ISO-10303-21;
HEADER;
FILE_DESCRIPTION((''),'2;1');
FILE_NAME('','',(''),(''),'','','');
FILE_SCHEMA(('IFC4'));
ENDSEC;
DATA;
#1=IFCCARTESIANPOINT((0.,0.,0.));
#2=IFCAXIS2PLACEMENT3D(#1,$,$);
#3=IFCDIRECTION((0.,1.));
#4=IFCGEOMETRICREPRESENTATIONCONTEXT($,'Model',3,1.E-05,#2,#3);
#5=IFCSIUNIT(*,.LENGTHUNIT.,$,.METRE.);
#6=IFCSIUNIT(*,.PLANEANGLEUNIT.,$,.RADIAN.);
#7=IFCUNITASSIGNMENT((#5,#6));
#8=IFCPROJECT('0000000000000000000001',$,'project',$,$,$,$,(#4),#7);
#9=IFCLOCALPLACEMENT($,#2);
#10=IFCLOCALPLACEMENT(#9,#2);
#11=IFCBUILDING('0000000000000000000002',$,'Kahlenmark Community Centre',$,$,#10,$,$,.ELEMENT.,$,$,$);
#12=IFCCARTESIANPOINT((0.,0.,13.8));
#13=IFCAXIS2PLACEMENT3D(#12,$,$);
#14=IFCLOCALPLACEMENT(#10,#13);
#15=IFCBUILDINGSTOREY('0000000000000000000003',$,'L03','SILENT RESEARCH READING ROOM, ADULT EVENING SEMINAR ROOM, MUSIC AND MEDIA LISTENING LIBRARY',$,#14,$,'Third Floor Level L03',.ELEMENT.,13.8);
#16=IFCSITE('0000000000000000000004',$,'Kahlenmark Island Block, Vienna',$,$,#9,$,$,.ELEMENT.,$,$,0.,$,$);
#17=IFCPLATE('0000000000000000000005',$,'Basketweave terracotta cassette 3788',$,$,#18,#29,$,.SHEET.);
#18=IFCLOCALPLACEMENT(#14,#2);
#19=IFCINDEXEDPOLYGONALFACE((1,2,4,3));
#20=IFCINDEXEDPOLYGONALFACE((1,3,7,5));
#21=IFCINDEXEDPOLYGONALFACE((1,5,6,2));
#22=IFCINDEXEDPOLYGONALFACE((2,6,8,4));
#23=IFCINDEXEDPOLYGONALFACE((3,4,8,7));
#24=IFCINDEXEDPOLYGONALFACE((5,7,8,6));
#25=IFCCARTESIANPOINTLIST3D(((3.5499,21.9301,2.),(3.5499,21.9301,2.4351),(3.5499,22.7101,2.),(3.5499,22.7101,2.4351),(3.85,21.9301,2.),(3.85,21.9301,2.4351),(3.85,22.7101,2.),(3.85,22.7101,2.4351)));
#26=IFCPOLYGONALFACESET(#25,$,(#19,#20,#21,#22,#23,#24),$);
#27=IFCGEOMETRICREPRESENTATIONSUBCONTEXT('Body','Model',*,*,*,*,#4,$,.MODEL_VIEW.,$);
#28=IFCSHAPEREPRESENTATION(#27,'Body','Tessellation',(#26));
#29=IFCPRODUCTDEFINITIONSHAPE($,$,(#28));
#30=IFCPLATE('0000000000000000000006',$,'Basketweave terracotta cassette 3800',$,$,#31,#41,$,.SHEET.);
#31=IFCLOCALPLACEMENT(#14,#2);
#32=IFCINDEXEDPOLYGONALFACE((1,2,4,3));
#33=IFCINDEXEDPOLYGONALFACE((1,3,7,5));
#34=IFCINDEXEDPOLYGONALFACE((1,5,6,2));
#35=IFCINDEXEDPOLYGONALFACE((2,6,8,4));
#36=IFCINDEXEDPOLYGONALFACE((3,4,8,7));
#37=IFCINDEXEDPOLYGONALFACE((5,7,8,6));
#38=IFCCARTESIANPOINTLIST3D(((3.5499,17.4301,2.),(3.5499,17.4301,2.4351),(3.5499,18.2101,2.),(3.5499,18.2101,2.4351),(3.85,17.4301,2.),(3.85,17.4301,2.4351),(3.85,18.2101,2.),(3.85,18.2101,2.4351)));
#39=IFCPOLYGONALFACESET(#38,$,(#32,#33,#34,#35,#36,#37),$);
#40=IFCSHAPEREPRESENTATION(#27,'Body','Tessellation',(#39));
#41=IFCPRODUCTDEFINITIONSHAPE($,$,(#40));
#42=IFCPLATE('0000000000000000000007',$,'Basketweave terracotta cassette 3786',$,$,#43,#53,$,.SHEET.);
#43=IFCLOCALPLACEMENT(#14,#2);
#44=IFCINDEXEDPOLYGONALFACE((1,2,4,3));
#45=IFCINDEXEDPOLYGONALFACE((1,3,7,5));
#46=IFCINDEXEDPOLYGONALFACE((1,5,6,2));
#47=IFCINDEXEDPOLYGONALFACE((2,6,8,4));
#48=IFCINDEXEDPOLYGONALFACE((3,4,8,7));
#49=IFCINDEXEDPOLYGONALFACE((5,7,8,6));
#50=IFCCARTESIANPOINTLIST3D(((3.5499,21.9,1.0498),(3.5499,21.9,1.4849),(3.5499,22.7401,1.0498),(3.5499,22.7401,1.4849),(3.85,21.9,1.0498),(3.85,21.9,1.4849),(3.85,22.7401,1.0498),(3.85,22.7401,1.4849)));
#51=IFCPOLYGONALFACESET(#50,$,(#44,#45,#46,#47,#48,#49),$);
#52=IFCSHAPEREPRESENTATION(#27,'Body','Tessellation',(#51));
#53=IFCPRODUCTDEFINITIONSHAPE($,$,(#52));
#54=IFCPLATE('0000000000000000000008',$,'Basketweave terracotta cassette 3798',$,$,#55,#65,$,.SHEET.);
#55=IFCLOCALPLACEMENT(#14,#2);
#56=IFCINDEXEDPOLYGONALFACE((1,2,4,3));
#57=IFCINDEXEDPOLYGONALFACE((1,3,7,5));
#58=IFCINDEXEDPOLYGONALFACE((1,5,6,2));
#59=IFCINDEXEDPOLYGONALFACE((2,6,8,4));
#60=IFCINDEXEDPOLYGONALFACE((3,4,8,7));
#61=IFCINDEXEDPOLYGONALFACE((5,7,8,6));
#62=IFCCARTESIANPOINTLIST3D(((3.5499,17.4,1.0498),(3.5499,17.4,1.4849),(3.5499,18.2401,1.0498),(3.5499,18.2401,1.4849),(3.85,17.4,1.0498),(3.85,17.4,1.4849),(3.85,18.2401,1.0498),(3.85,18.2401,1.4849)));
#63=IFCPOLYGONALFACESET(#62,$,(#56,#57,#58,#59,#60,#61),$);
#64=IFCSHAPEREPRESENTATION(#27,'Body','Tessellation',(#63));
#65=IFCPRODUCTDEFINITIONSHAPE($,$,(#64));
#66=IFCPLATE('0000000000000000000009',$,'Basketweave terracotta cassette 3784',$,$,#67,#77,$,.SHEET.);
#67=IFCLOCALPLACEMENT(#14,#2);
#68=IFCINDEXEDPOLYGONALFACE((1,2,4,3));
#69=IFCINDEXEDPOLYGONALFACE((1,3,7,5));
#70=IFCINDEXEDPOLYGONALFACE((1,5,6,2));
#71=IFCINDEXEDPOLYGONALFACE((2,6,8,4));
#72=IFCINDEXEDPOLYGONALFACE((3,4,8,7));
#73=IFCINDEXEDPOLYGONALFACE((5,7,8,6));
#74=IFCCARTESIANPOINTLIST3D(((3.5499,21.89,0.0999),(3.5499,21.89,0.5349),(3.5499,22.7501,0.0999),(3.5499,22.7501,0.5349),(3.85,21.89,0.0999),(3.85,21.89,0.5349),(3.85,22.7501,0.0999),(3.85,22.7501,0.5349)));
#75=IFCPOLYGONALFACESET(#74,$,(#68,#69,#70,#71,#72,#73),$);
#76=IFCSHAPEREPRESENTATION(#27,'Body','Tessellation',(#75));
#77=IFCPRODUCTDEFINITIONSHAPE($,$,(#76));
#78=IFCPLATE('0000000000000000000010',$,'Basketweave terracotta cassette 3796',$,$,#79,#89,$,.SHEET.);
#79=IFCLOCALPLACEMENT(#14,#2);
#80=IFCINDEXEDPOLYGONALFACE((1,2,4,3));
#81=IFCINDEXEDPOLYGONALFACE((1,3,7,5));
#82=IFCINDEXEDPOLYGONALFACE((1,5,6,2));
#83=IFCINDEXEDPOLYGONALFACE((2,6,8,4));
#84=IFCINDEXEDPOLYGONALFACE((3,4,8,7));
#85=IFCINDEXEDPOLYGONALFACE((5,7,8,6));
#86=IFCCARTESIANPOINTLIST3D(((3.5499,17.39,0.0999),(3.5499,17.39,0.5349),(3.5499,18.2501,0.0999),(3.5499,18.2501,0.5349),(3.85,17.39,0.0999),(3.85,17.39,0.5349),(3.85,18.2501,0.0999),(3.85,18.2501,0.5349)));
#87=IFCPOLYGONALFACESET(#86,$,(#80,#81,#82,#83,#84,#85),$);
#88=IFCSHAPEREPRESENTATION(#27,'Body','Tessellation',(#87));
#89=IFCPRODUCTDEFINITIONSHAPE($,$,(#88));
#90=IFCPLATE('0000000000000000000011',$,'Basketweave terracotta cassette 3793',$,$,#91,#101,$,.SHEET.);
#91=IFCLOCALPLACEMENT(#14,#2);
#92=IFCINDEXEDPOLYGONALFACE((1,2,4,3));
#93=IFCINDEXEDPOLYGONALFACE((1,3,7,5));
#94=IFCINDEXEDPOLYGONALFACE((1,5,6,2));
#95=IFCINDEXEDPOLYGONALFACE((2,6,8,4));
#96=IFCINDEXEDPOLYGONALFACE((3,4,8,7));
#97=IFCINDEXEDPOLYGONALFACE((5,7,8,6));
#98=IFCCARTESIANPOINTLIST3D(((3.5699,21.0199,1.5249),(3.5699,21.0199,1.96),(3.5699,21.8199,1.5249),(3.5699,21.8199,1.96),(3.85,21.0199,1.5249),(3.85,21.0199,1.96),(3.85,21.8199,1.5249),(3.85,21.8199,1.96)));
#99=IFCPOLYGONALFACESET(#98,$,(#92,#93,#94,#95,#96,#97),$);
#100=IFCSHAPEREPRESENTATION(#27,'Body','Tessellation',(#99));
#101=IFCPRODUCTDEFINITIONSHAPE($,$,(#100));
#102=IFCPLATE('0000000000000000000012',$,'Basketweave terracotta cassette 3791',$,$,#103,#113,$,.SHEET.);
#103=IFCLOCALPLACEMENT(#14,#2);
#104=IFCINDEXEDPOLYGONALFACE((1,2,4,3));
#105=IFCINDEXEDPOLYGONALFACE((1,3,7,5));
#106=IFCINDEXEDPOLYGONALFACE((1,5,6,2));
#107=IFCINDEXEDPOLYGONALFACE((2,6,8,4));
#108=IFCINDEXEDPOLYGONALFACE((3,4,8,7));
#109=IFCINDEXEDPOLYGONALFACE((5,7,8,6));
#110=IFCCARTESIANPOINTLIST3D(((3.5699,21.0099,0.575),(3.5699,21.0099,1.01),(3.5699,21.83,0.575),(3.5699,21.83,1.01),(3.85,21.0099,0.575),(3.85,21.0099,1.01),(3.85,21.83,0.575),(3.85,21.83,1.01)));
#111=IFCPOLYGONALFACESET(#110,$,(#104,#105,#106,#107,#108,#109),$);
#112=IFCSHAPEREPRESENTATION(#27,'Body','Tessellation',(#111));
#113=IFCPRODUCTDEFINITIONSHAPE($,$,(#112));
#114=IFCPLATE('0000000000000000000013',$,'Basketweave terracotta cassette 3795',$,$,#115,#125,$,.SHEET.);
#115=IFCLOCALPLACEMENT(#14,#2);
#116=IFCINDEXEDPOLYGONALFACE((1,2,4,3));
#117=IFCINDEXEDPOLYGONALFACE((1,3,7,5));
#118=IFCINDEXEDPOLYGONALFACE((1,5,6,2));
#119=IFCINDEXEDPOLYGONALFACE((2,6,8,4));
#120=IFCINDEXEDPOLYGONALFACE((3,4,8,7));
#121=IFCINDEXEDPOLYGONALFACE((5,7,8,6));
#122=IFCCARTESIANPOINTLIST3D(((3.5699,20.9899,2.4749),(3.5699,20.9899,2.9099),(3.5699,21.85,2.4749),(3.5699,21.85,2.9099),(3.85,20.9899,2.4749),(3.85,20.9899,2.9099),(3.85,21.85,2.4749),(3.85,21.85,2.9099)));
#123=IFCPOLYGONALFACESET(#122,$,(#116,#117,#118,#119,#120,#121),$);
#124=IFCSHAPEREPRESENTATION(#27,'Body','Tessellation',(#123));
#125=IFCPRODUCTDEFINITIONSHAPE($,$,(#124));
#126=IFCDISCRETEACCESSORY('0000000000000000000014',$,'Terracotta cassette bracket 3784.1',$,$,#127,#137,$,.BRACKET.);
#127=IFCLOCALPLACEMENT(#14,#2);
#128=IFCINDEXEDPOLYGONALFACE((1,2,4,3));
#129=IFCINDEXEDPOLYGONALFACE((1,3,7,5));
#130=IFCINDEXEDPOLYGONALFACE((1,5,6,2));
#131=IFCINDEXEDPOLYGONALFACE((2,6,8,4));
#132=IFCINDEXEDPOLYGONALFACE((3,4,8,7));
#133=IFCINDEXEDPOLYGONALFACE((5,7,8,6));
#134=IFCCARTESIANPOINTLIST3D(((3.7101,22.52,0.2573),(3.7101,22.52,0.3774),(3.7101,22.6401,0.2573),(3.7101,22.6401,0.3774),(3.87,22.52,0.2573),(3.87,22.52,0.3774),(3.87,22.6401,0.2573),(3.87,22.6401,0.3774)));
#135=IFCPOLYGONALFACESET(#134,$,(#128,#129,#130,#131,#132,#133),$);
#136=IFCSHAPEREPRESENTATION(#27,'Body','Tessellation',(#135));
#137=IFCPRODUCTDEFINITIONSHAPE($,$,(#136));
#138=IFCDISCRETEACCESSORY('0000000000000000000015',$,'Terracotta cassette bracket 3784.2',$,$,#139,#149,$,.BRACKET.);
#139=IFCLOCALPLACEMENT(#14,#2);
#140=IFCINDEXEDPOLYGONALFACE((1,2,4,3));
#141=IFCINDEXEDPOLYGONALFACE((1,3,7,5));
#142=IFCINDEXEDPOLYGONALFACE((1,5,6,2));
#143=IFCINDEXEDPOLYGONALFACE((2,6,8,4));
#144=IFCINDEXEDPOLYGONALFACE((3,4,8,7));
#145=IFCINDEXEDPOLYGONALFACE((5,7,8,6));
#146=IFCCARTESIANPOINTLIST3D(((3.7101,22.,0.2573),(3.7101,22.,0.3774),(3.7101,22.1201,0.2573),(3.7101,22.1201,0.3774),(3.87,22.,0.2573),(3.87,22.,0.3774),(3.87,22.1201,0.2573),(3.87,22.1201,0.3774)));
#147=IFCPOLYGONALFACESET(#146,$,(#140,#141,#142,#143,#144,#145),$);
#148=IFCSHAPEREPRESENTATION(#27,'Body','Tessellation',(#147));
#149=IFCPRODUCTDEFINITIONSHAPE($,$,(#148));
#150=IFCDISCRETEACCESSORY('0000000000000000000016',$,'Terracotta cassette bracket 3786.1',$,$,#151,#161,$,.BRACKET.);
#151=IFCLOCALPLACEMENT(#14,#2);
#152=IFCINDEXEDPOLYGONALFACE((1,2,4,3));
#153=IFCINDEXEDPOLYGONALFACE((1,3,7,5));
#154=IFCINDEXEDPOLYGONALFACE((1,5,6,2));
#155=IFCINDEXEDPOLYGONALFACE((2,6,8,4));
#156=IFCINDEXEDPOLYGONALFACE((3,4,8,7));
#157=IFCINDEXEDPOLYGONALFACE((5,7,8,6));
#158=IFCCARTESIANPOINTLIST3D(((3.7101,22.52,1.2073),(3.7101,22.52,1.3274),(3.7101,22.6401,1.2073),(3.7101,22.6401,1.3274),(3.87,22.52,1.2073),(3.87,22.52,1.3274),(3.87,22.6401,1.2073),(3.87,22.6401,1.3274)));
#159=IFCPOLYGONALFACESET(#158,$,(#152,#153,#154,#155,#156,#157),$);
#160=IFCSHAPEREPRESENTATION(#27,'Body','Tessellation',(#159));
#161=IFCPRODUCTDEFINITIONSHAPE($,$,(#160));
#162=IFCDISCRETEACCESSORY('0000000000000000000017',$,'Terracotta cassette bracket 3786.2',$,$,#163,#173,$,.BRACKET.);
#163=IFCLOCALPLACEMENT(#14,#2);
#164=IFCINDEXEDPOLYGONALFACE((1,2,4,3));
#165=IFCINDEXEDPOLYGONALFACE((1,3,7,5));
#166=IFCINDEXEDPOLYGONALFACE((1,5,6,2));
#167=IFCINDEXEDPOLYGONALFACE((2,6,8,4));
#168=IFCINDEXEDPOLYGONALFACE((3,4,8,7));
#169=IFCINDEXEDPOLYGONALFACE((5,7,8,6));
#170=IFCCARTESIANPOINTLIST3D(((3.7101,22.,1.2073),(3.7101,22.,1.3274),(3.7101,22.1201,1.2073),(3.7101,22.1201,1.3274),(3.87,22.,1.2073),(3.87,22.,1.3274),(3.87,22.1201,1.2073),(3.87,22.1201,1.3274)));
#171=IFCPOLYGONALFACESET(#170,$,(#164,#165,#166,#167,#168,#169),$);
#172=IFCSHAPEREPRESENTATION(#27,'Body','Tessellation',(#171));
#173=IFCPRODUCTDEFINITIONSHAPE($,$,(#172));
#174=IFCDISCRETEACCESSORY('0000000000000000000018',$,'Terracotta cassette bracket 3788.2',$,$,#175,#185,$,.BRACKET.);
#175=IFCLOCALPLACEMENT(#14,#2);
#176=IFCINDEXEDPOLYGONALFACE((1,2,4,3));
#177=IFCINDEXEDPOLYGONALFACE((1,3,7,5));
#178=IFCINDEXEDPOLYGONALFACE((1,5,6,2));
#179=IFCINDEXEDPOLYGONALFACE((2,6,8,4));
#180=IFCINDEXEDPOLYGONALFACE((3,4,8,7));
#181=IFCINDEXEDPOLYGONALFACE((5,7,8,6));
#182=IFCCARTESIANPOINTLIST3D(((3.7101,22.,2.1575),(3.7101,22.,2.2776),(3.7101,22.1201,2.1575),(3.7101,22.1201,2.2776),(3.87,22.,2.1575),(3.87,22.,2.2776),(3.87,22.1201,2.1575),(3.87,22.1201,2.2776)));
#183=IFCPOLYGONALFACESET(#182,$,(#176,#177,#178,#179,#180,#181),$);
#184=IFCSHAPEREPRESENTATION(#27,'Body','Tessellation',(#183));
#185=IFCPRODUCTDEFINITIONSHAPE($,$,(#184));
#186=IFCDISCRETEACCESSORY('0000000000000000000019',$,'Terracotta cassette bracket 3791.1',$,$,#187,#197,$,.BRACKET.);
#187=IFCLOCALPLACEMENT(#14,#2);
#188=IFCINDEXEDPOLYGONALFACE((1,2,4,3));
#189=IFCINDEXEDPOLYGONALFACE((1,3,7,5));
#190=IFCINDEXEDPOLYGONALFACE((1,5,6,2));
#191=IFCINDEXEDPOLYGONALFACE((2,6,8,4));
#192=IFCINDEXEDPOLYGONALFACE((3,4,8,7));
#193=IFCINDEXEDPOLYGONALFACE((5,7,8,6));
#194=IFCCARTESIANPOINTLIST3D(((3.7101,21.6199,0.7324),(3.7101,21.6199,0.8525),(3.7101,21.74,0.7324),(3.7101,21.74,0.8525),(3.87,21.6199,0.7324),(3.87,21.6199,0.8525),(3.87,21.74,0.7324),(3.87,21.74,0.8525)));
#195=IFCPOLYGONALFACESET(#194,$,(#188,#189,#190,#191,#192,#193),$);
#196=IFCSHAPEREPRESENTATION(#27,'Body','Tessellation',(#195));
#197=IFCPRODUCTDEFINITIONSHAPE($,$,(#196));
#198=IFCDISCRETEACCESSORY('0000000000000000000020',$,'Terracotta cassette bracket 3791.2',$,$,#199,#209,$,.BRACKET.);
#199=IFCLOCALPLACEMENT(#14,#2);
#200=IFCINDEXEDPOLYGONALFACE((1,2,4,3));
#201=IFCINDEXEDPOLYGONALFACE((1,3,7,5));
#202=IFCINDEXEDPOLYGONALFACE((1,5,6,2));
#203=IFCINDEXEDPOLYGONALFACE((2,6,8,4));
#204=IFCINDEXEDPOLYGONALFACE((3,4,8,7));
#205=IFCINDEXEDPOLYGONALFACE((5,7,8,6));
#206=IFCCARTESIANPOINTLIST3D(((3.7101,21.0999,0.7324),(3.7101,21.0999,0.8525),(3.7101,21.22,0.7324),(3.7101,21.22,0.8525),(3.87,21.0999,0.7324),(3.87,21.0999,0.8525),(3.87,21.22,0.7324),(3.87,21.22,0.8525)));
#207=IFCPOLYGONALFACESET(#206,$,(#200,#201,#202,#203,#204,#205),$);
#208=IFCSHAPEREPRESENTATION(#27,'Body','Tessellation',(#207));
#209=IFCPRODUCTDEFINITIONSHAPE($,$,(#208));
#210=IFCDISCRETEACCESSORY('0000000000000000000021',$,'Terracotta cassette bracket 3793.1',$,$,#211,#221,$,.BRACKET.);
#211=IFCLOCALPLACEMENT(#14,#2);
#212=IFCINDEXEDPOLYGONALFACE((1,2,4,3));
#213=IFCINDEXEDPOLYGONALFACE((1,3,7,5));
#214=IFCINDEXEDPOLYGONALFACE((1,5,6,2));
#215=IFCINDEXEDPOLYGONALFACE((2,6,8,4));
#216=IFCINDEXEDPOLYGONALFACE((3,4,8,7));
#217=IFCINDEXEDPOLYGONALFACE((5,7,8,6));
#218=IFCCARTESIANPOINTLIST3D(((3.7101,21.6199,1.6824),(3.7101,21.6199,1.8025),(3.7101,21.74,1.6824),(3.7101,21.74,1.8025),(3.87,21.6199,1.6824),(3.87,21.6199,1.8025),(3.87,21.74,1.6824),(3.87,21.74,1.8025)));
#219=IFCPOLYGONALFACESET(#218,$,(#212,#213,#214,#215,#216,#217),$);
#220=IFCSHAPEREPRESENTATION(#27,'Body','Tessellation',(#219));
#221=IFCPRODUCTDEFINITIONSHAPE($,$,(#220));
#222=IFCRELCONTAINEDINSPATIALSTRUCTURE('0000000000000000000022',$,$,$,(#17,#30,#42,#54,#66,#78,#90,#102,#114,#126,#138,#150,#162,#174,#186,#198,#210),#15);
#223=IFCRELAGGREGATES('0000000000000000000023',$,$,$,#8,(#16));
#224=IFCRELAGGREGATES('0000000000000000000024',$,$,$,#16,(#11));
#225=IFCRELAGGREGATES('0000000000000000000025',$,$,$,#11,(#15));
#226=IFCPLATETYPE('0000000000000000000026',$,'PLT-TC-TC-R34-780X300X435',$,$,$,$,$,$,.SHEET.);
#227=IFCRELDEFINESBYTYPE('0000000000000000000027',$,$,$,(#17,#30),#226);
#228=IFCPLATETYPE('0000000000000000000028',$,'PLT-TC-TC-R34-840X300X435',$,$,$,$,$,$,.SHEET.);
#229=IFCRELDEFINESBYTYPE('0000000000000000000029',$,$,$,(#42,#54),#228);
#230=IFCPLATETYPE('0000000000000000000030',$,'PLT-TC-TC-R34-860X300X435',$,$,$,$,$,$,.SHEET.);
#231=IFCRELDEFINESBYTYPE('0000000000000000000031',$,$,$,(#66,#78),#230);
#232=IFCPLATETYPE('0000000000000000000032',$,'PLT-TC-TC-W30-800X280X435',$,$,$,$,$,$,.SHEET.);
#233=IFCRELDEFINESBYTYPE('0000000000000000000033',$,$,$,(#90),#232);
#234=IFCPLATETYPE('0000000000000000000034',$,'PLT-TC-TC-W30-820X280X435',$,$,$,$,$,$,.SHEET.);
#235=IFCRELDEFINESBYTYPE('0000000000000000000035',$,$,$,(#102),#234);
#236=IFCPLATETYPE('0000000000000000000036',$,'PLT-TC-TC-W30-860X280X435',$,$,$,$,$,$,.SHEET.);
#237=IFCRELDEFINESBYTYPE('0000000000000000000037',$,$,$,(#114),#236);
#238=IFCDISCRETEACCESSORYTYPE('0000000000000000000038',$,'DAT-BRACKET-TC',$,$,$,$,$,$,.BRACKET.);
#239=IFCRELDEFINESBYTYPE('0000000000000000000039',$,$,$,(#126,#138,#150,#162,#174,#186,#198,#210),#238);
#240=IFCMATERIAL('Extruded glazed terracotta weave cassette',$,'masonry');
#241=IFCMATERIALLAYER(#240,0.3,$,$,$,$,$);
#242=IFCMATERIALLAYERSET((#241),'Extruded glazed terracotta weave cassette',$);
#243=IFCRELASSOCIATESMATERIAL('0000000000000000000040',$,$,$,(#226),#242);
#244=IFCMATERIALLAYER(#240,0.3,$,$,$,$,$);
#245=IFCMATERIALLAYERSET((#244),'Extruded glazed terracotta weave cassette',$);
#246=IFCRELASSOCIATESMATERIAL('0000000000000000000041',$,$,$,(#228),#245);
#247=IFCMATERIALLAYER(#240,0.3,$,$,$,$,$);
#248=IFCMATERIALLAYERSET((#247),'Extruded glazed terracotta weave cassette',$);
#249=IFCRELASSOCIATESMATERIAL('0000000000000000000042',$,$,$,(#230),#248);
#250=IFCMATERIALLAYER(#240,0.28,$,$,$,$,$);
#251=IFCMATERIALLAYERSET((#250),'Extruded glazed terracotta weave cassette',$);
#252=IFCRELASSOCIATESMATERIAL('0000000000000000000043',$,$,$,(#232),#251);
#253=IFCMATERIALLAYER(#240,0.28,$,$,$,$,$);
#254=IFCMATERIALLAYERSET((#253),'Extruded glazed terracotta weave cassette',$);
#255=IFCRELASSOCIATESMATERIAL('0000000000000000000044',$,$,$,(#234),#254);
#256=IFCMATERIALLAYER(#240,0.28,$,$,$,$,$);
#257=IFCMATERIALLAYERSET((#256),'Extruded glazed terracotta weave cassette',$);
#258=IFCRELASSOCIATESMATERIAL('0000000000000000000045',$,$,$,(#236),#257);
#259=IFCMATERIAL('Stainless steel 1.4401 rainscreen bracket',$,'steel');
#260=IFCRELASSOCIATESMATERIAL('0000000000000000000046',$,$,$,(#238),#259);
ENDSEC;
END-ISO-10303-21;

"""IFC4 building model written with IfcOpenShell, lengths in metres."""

from ifc_helpers import new_model, si_unit, direction, frame, origin, origin_2d, place, context, subcontext, project, spatial, rectangle, extrude, material, layer, layer_set, type_object, element, save


model = new_model("IFC4")

# Units and contexts
model_context = context("Model", 3, precision=1e-05, world=origin(), true_north=direction((0.0, 1.0)))
body_context = subcontext(model_context, "Body", "Model", "MODEL_VIEW")
ifc_project = project(units=[si_unit("LENGTHUNIT", "METRE"), si_unit("PLANEANGLEUNIT", "RADIAN")], contexts=[model_context])

# Site, building, storey
site_placement = place(None, origin())
site = spatial("IfcSite", under=ifc_project, at=site_placement, Name="Kahlenmark Island Block, Vienna", CompositionType="ELEMENT", RefElevation=0.0)
building_placement = place(site_placement, origin())
building = spatial("IfcBuilding", under=site, at=building_placement, Name="Kahlenmark Community Centre", CompositionType="ELEMENT")
storey_placement = place(building_placement, frame((0.0, 0.0, 13.8)))
storey = spatial("IfcBuildingStorey", under=building, at=storey_placement, Name="L03", Description="SILENT RESEARCH READING ROOM, ADULT EVENING SEMINAR ROOM, MUSIC AND MEDIA LISTENING LIBRARY", LongName="Third Floor Level L03", CompositionType="ELEMENT", Elevation=13.8)

# Plates
ifc_material_1 = material(Name="Extruded glazed terracotta weave cassette", Category="masonry")
ifc_layer_1 = layer(ifc_material_1, 0.3)
ifc_layer_set_1 = layer_set([ifc_layer_1], Name="Extruded glazed terracotta weave cassette")
plate_type_1 = type_object("IfcPlateType", Name="PLT-TC-TC-R34-780X300X435", PredefinedType="SHEET", material=ifc_layer_set_1)
for number, where, z_axis, x_axis, name in (
    (1, (3.7, 22.3201, 2.0), (0.0, 0.0, 1.0), (0.0, -1.0, 0.0), "Basketweave terracotta cassette 3788"),
    (2, (3.7, 17.8201, 2.0), (0.0, 0.0, 1.0), (0.0, -1.0, 0.0), "Basketweave terracotta cassette 3800"),
):
    element("IfcPlate", number, at=place(storey_placement, frame(where, z_axis=z_axis, x_axis=x_axis)), inside=storey, type_object=plate_type_1, Name=name, PredefinedType="SHEET", context=body_context, shape_type="SweptSolid", body=[
        extrude(rectangle(XDim=0.78, YDim=0.3, at=origin_2d()), origin(), (0.0, 0.0, 1.0), 0.4351),
    ])
ifc_layer_2 = layer(ifc_material_1, 0.3)
ifc_layer_set_2 = layer_set([ifc_layer_2], Name="Extruded glazed terracotta weave cassette")
plate_type_2 = type_object("IfcPlateType", Name="PLT-TC-TC-R34-840X300X435", PredefinedType="SHEET", material=ifc_layer_set_2)
for number, where, z_axis, x_axis, name in (
    (3, (3.7, 22.3201, 1.0498), (0.0, 0.0, 1.0), (0.0, -1.0, 0.0), "Basketweave terracotta cassette 3786"),
    (4, (3.7, 17.8201, 1.0498), (0.0, 0.0, 1.0), (0.0, -1.0, 0.0), "Basketweave terracotta cassette 3798"),
):
    element("IfcPlate", number, at=place(storey_placement, frame(where, z_axis=z_axis, x_axis=x_axis)), inside=storey, type_object=plate_type_2, Name=name, PredefinedType="SHEET", context=body_context, shape_type="SweptSolid", body=[
        extrude(rectangle(XDim=0.8401, YDim=0.3, at=origin_2d()), origin(), (0.0, 0.0, 1.0), 0.4351),
    ])
ifc_layer_3 = layer(ifc_material_1, 0.3)
ifc_layer_set_3 = layer_set([ifc_layer_3], Name="Extruded glazed terracotta weave cassette")
plate_type_3 = type_object("IfcPlateType", Name="PLT-TC-TC-R34-860X300X435", PredefinedType="SHEET", material=ifc_layer_set_3)
for number, where, z_axis, x_axis, name in (
    (5, (3.7, 22.3201, 0.0999), (0.0, 0.0, 1.0), (0.0, -1.0, 0.0), "Basketweave terracotta cassette 3784"),
    (6, (3.7, 17.8201, 0.0999), (0.0, 0.0, 1.0), (0.0, -1.0, 0.0), "Basketweave terracotta cassette 3796"),
):
    element("IfcPlate", number, at=place(storey_placement, frame(where, z_axis=z_axis, x_axis=x_axis)), inside=storey, type_object=plate_type_3, Name=name, PredefinedType="SHEET", context=body_context, shape_type="SweptSolid", body=[
        extrude(rectangle(XDim=0.8601, YDim=0.3, at=origin_2d()), origin(), (0.0, 0.0, 1.0), 0.4351),
    ])
ifc_layer_4 = layer(ifc_material_1, 0.28)
ifc_layer_set_4 = layer_set([ifc_layer_4], Name="Extruded glazed terracotta weave cassette")
plate_type_4 = type_object("IfcPlateType", Name="PLT-TC-TC-W30-800X280X435", PredefinedType="SHEET", material=ifc_layer_set_4)
plate_1_placement = place(storey_placement, frame((3.71, 21.4199, 1.5249), z_axis=(0.0, 0.0, 1.0), x_axis=(0.0, -1.0, 0.0)))
element("IfcPlate", 7, at=plate_1_placement, inside=storey, type_object=plate_type_4, Name="Basketweave terracotta cassette 3793", PredefinedType="SHEET", context=body_context, shape_type="SweptSolid", body=[
    extrude(rectangle(XDim=0.8, YDim=0.28, at=origin_2d()), origin(), (0.0, 0.0, 1.0), 0.4351),
])
ifc_layer_5 = layer(ifc_material_1, 0.28)
ifc_layer_set_5 = layer_set([ifc_layer_5], Name="Extruded glazed terracotta weave cassette")
plate_type_5 = type_object("IfcPlateType", Name="PLT-TC-TC-W30-820X280X435", PredefinedType="SHEET", material=ifc_layer_set_5)
plate_2_placement = place(storey_placement, frame((3.71, 21.4199, 0.575), z_axis=(0.0, 0.0, 1.0), x_axis=(0.0, -1.0, 0.0)))
element("IfcPlate", 8, at=plate_2_placement, inside=storey, type_object=plate_type_5, Name="Basketweave terracotta cassette 3791", PredefinedType="SHEET", context=body_context, shape_type="SweptSolid", body=[
    extrude(rectangle(XDim=0.8201, YDim=0.28, at=origin_2d()), origin(), (0.0, 0.0, 1.0), 0.4351),
])
ifc_layer_6 = layer(ifc_material_1, 0.28)
ifc_layer_set_6 = layer_set([ifc_layer_6], Name="Extruded glazed terracotta weave cassette")
plate_type_6 = type_object("IfcPlateType", Name="PLT-TC-TC-W30-860X280X435", PredefinedType="SHEET", material=ifc_layer_set_6)
plate_3_placement = place(storey_placement, frame((3.71, 21.4199, 2.4749), z_axis=(0.0, 0.0, 1.0), x_axis=(0.0, -1.0, 0.0)))
element("IfcPlate", 9, at=plate_3_placement, inside=storey, type_object=plate_type_6, Name="Basketweave terracotta cassette 3795", PredefinedType="SHEET", context=body_context, shape_type="SweptSolid", body=[
    extrude(rectangle(XDim=0.8601, YDim=0.28, at=origin_2d()), origin(), (0.0, 0.0, 1.0), 0.4351),
])

# Discrete accessories
ifc_material_2 = material(Name="Stainless steel 1.4401 rainscreen bracket", Category="steel")
discrete_accessory_type = type_object("IfcDiscreteAccessoryType", Name="DAT-BRACKET-TC", PredefinedType="BRACKET", material=ifc_material_2)
for number, where, z_axis, x_axis, name in (
    (10, (3.79, 22.5801, 0.2573), (0.0, 0.0, 1.0), (0.0, -1.0, 0.0), "Terracotta cassette bracket 3784.1"),
    (11, (3.79, 22.0601, 0.2573), (0.0, 0.0, 1.0), (0.0, -1.0, 0.0), "Terracotta cassette bracket 3784.2"),
    (12, (3.79, 22.5801, 1.2073), (0.0, 0.0, 1.0), (0.0, -1.0, 0.0), "Terracotta cassette bracket 3786.1"),
    (13, (3.79, 22.0601, 1.2073), (0.0, 0.0, 1.0), (0.0, -1.0, 0.0), "Terracotta cassette bracket 3786.2"),
    (14, (3.79, 22.0601, 2.1575), (0.0, 0.0, 1.0), (0.0, -1.0, 0.0), "Terracotta cassette bracket 3788.2"),
    (15, (3.79, 21.6799, 0.7324), (0.0, 0.0, 1.0), (0.0, -1.0, 0.0), "Terracotta cassette bracket 3791.1"),
    (16, (3.79, 21.1599, 0.7324), (0.0, 0.0, 1.0), (0.0, -1.0, 0.0), "Terracotta cassette bracket 3791.2"),
    (17, (3.79, 21.6799, 1.6824), (0.0, 0.0, 1.0), (0.0, -1.0, 0.0), "Terracotta cassette bracket 3793.1"),
):
    element("IfcDiscreteAccessory", number, at=place(storey_placement, frame(where, z_axis=z_axis, x_axis=x_axis)), inside=storey, type_object=discrete_accessory_type, Name=name, PredefinedType="BRACKET", context=body_context, shape_type="SweptSolid", body=[
        extrude(rectangle(XDim=0.1201, YDim=0.1599, at=origin_2d()), origin(), (0.0, 0.0, 1.0), 0.1201),
    ])

save(model, "model.ifc")
